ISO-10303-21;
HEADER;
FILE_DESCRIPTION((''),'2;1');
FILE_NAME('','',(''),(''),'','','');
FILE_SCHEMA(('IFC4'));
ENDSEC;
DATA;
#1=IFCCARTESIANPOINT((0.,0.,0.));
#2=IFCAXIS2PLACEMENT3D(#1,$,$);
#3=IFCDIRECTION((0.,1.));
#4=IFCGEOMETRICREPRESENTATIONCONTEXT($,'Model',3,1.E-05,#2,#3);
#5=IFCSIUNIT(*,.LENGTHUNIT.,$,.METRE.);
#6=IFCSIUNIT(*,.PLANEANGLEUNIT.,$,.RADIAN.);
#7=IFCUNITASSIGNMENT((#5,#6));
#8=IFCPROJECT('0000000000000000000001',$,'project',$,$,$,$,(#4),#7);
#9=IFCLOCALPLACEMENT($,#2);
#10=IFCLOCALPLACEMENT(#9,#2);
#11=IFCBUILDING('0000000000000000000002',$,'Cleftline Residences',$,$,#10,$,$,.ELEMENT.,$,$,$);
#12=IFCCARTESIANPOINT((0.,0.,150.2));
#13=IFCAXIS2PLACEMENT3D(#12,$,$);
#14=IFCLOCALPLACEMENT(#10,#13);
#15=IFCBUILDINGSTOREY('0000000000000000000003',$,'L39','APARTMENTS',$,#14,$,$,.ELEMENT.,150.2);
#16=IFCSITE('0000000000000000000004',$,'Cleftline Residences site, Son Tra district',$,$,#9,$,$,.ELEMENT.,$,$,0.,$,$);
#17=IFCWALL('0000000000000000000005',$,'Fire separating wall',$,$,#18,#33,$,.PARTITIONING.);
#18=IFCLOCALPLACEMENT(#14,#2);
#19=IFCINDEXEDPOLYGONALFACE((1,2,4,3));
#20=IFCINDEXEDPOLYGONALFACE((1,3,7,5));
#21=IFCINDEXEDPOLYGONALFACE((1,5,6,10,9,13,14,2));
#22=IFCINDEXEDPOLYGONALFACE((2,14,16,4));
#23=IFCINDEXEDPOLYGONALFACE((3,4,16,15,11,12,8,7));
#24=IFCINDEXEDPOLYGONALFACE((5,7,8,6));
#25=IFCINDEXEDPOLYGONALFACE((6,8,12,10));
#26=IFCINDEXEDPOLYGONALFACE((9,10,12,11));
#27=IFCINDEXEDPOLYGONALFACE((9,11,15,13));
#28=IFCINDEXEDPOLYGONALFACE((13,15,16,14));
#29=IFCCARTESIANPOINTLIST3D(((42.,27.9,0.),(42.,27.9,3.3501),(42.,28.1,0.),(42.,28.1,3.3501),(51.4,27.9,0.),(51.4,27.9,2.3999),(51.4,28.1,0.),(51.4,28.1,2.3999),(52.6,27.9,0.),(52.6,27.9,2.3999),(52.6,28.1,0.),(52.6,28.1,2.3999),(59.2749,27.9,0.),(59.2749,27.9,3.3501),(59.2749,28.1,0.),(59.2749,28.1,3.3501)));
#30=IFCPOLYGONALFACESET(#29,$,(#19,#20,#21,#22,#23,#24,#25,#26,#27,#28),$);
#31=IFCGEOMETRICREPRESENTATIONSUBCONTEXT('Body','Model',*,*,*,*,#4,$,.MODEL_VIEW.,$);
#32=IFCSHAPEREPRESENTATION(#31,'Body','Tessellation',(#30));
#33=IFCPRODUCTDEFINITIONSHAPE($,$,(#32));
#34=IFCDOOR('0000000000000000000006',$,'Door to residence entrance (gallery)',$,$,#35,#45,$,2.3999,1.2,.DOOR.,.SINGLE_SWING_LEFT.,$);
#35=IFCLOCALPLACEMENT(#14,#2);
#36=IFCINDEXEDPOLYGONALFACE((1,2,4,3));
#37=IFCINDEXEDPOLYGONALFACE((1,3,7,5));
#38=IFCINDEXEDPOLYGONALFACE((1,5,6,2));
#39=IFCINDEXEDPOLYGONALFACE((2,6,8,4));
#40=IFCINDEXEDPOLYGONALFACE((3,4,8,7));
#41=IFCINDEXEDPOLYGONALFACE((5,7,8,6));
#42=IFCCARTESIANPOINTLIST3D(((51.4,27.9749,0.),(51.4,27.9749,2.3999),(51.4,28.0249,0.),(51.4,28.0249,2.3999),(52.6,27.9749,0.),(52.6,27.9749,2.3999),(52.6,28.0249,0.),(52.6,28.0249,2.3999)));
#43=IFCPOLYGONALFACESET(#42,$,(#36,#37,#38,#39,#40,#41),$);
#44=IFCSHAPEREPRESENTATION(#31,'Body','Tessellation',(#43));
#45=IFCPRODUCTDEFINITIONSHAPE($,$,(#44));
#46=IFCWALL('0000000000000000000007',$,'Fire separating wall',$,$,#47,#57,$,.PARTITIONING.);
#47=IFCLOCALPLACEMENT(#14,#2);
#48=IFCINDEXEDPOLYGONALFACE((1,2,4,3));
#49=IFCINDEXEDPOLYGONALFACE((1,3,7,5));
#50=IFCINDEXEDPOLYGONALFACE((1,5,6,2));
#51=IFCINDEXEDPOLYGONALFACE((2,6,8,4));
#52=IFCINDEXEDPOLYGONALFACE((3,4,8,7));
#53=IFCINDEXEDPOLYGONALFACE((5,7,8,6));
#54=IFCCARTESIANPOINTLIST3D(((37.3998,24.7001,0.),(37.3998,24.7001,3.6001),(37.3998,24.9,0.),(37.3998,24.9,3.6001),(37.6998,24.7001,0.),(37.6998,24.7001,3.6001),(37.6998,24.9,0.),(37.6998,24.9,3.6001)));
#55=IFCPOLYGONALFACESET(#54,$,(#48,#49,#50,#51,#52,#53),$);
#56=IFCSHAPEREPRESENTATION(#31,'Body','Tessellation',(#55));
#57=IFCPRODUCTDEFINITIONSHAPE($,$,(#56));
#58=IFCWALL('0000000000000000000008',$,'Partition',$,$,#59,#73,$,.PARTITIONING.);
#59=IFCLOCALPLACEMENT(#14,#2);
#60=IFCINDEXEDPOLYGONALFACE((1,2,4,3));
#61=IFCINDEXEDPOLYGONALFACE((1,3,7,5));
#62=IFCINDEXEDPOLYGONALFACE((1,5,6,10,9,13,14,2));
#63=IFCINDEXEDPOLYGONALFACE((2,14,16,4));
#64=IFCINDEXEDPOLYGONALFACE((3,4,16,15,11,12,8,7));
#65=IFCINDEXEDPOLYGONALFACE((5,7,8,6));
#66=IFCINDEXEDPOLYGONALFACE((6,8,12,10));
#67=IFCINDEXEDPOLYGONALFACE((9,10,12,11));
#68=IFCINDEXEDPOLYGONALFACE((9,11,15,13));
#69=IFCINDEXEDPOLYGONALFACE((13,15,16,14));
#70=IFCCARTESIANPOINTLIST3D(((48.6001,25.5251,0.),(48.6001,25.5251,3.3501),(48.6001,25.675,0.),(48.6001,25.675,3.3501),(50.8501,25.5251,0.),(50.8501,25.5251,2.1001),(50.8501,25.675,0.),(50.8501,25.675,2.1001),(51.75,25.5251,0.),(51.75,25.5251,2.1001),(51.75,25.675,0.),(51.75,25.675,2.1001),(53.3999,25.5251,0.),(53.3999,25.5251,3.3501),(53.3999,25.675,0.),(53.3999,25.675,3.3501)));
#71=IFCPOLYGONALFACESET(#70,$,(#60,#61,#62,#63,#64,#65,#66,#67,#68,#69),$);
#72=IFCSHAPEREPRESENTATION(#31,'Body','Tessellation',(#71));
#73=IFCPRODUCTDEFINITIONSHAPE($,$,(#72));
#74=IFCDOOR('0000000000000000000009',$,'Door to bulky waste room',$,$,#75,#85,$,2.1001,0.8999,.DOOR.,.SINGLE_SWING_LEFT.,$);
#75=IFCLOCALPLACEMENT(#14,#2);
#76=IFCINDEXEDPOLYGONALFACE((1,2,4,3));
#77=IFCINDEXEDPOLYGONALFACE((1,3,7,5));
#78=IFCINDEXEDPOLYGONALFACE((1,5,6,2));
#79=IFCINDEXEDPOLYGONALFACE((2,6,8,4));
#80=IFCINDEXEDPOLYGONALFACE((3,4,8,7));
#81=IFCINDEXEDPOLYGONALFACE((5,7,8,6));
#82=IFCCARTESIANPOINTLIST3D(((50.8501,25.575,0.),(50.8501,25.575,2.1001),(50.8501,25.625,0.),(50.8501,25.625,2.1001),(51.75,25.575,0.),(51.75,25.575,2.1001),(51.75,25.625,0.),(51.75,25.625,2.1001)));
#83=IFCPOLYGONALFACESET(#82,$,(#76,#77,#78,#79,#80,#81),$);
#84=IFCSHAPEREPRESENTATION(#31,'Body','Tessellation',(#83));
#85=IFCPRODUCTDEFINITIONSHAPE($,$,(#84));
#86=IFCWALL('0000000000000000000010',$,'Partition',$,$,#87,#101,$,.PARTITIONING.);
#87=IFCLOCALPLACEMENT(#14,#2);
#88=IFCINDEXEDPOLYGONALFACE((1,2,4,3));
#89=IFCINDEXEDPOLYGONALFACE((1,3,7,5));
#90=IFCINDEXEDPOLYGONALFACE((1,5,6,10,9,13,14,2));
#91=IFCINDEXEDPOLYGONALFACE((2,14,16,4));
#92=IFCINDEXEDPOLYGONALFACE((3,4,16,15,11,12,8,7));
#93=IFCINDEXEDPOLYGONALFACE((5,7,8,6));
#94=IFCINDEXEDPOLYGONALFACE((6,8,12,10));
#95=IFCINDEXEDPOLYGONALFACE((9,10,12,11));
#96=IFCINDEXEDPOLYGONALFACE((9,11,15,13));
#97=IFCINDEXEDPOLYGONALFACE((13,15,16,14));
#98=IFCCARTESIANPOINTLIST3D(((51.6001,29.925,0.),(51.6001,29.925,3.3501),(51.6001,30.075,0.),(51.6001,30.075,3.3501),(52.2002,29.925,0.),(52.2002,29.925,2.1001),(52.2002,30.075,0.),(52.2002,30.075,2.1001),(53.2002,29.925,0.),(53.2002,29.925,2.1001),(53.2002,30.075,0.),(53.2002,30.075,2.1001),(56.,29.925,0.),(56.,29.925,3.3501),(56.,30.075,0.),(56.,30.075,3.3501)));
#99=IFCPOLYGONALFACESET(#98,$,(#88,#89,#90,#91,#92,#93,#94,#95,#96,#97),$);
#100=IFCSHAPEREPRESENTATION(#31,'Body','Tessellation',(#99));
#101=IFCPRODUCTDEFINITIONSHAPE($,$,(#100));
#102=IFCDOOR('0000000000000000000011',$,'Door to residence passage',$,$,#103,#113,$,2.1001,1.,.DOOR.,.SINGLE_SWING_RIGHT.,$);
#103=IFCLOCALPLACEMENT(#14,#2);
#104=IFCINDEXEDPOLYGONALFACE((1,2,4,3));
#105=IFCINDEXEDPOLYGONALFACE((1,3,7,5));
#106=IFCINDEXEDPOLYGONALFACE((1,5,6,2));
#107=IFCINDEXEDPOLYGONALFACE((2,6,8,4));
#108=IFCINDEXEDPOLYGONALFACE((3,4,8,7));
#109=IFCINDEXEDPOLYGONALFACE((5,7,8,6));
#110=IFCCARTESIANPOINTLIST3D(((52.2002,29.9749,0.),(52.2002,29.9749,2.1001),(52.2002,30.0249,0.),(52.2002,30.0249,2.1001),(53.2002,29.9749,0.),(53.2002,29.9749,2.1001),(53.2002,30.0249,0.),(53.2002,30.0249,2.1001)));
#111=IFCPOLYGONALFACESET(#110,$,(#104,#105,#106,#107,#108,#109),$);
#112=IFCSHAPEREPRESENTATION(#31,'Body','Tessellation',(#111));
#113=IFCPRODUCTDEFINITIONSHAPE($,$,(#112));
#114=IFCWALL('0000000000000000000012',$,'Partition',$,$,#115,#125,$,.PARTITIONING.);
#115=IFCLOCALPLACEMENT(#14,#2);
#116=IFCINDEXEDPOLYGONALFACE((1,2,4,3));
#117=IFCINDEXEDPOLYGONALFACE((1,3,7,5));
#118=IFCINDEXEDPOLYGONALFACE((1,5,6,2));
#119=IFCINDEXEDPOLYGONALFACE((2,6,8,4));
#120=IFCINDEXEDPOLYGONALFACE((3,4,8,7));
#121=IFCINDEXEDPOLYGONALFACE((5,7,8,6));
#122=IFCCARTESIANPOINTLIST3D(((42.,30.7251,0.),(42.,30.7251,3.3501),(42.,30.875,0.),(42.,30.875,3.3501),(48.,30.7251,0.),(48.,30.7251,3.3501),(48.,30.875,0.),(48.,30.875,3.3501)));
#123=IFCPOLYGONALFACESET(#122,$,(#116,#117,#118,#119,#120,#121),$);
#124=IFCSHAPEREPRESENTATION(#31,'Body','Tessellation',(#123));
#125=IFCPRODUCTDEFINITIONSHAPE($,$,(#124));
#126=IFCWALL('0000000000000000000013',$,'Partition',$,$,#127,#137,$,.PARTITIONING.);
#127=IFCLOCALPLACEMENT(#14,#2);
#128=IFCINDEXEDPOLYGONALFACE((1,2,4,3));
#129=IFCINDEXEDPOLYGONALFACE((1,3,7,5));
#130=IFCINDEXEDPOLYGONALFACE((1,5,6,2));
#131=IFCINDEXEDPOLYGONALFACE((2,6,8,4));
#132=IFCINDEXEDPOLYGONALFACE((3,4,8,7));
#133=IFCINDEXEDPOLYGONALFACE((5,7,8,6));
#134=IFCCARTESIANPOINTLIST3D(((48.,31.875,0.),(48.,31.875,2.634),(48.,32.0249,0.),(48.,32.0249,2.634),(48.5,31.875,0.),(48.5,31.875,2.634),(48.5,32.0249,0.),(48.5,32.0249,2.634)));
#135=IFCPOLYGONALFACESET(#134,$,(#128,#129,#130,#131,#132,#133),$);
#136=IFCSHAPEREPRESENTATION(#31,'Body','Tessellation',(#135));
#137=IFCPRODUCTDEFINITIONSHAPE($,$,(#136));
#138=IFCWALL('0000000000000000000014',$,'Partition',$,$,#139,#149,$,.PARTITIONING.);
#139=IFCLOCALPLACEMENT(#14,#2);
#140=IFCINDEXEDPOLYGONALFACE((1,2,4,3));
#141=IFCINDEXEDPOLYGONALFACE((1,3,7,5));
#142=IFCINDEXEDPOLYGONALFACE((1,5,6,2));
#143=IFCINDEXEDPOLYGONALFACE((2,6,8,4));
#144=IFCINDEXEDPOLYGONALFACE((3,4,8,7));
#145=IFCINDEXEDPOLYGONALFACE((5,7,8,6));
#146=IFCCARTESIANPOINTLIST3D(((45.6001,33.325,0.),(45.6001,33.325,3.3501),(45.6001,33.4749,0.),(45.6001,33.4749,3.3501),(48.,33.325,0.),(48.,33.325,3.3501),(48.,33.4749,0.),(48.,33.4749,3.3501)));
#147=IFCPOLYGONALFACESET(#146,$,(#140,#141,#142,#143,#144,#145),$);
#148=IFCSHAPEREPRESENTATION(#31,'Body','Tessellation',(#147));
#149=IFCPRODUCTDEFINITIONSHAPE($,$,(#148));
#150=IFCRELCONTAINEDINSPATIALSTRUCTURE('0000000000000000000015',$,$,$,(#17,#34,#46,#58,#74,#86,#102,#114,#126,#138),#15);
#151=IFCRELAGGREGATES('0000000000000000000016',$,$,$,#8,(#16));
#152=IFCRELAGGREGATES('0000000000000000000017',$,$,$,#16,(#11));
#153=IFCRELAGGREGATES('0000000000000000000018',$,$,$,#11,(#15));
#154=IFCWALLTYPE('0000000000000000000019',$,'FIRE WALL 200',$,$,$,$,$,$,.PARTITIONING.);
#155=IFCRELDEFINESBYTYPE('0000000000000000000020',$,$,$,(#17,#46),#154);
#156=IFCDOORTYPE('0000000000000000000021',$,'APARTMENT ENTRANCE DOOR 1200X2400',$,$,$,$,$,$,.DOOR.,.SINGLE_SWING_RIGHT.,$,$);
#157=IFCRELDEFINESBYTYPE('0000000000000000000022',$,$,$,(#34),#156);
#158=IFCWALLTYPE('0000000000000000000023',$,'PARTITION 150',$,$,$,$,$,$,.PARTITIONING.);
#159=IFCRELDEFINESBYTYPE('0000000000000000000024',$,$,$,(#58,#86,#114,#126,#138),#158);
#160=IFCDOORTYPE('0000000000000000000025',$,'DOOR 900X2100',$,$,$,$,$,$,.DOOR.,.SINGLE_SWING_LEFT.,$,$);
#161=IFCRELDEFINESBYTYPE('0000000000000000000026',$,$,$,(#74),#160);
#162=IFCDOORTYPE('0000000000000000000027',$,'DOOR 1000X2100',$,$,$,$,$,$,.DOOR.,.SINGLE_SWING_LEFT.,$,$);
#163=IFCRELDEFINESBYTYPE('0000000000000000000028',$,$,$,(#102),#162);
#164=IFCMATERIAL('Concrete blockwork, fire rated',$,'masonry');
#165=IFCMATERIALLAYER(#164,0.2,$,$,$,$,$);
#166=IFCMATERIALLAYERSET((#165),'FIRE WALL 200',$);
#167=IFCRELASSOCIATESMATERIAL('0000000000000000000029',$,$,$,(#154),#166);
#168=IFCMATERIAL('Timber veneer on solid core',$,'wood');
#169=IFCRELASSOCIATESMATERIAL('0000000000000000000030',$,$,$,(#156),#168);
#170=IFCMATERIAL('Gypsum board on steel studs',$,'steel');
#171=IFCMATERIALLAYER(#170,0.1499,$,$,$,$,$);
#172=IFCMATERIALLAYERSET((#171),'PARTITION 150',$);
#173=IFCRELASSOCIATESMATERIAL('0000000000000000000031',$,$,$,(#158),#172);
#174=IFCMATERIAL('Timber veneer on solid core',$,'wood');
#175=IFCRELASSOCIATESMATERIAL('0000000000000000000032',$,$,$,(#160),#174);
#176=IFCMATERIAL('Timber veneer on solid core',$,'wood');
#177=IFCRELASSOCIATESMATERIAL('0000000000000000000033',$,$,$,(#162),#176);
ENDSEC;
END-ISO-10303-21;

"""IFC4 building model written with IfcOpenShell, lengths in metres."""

from ifc_helpers import new_model, si_unit, direction, frame, frame_2d, origin, place, context, subcontext, project, spatial, rectangle, extrude, material, layer, layer_set, type_object, element, fill, save


model = new_model("IFC4")

# Units and contexts
model_context = context("Model", 3, precision=1e-05, world=origin(), true_north=direction((0.0, 1.0)))
body_context = subcontext(model_context, "Body", "Model", "MODEL_VIEW")
ifc_project = project(units=[si_unit("LENGTHUNIT", "METRE"), si_unit("PLANEANGLEUNIT", "RADIAN")], contexts=[model_context])

# Site, building, storey
site_placement = place(None, origin())
site = spatial("IfcSite", under=ifc_project, at=site_placement, Name="Cleftline Residences site, Son Tra district", CompositionType="ELEMENT", RefElevation=0.0)
building_placement = place(site_placement, origin())
building = spatial("IfcBuilding", under=site, at=building_placement, Name="Cleftline Residences", CompositionType="ELEMENT")
storey_placement = place(building_placement, frame((0.0, 0.0, 150.2)))
storey = spatial("IfcBuildingStorey", under=building, at=storey_placement, Name="L39", Description="APARTMENTS", CompositionType="ELEMENT", Elevation=150.2)

# Wall, opening, door
ifc_material_1 = material(Name="Concrete blockwork, fire rated", Category="masonry")
ifc_layer_1 = layer(ifc_material_1, 0.2)
ifc_layer_set_1 = layer_set([ifc_layer_1], Name="FIRE WALL 200")
wall_type_1 = type_object("IfcWallType", Name="FIRE WALL 200", PredefinedType="PARTITIONING", material=ifc_layer_set_1)
wall_1_placement = place(storey_placement, frame((42.0, 28.0, 0.0), z_axis=(0.0, 0.0, 1.0), x_axis=(1.0, 0.0, 0.0)))
wall_1 = element("IfcWall", 1, at=wall_1_placement, inside=storey, type_object=wall_type_1, Name="Fire separating wall", PredefinedType="PARTITIONING", context=body_context, shape_type="SweptSolid", body=[
    extrude(rectangle(XDim=17.2749, YDim=0.2, at=frame_2d((8.6375, 0.0))), origin(), (0.0, 0.0, 1.0), 3.3501),
])
opening_1_placement = place(wall_1_placement, frame((9.3999, 0.0, 0.0)))
opening_1 = element("IfcOpeningElement", 2, at=opening_1_placement, cuts=wall_1, PredefinedType="OPENING", context=body_context, shape_type="SweptSolid", body=[
    extrude(rectangle(XDim=1.2, YDim=2.3999, at=frame_2d((0.6001, 1.2))), frame((0.0, 0.1099, 0.0), z_axis=(0.0, -1.0, 0.0), x_axis=(1.0, 0.0, 0.0)), (0.0, 0.0, 1.0), 0.22),
])
ifc_material_2 = material(Name="Timber veneer on solid core", Category="wood")
door_type_1 = type_object("IfcDoorType", Name="APARTMENT ENTRANCE DOOR 1200X2400", OperationType="SINGLE_SWING_RIGHT", PredefinedType="DOOR", material=ifc_material_2)
door_1_placement = place(opening_1_placement, origin())
door_1 = element("IfcDoor", 3, at=door_1_placement, inside=storey, type_object=door_type_1, Name="Door to residence entrance (gallery)", OperationType="SINGLE_SWING_LEFT", OverallHeight=2.3999, OverallWidth=1.2, PredefinedType="DOOR", context=body_context, shape_type="SweptSolid", body=[
    extrude(rectangle(XDim=1.2, YDim=2.3999, at=frame_2d((0.6001, 1.2))), frame((0.0, 0.0249, 0.0), z_axis=(0.0, -1.0, 0.0), x_axis=(1.0, 0.0, 0.0)), (0.0, 0.0, 1.0), 0.05),
])
fill(opening_1, door_1)

# Wall
wall_2_placement = place(storey_placement, frame((37.3999, 24.8, 0.0), z_axis=(0.0, 0.0, 1.0), x_axis=(1.0, 0.0, 0.0)))
element("IfcWall", 4, at=wall_2_placement, inside=storey, type_object=wall_type_1, Name="Fire separating wall", PredefinedType="PARTITIONING", context=body_context, shape_type="SweptSolid", body=[
    extrude(rectangle(XDim=0.3, YDim=0.2, at=frame_2d((0.1499, 0.0))), origin(), (0.0, 0.0, 1.0), 3.6001),
])

# Walls, openings, doors
ifc_material_3 = material(Name="Gypsum board on steel studs", Category="steel")
ifc_layer_2 = layer(ifc_material_3, 0.1499)
ifc_layer_set_2 = layer_set([ifc_layer_2], Name="PARTITION 150")
wall_type_2 = type_object("IfcWallType", Name="PARTITION 150", PredefinedType="PARTITIONING", material=ifc_layer_set_2)
wall_3_placement = place(storey_placement, frame((48.6001, 25.6001, 0.0), z_axis=(0.0, 0.0, 1.0), x_axis=(1.0, 0.0, 0.0)))
wall_3 = element("IfcWall", 5, at=wall_3_placement, inside=storey, type_object=wall_type_2, Name="Partition", PredefinedType="PARTITIONING", context=body_context, shape_type="SweptSolid", body=[
    extrude(rectangle(XDim=4.7998, YDim=0.1499, at=frame_2d((2.3999, 0.0))), origin(), (0.0, 0.0, 1.0), 3.3501),
])
opening_2_placement = place(wall_3_placement, frame((2.25, 0.0, 0.0)))
opening_2 = element("IfcOpeningElement", 6, at=opening_2_placement, cuts=wall_3, PredefinedType="OPENING", context=body_context, shape_type="SweptSolid", body=[
    extrude(rectangle(XDim=0.8999, YDim=2.1001, at=frame_2d((0.45, 1.05))), frame((0.0, 0.085, 0.0), z_axis=(0.0, -1.0, 0.0), x_axis=(1.0, 0.0, 0.0)), (0.0, 0.0, 1.0), 0.1699),
])
ifc_material_4 = material(Name="Timber veneer on solid core", Category="wood")
door_type_2 = type_object("IfcDoorType", Name="DOOR 900X2100", OperationType="SINGLE_SWING_LEFT", PredefinedType="DOOR", material=ifc_material_4)
door_2_placement = place(opening_2_placement, origin())
door_2 = element("IfcDoor", 7, at=door_2_placement, inside=storey, type_object=door_type_2, Name="Door to bulky waste room", OperationType="SINGLE_SWING_LEFT", OverallHeight=2.1001, OverallWidth=0.8999, PredefinedType="DOOR", context=body_context, shape_type="SweptSolid", body=[
    extrude(rectangle(XDim=0.8999, YDim=2.1001, at=frame_2d((0.45, 1.05))), frame((0.0, 0.0249, 0.0), z_axis=(0.0, -1.0, 0.0), x_axis=(1.0, 0.0, 0.0)), (0.0, 0.0, 1.0), 0.05),
])
fill(opening_2, door_2)
wall_4_placement = place(storey_placement, frame((51.6001, 30.0, 0.0), z_axis=(0.0, 0.0, 1.0), x_axis=(1.0, 0.0, 0.0)))
wall_4 = element("IfcWall", 8, at=wall_4_placement, inside=storey, type_object=wall_type_2, Name="Partition", PredefinedType="PARTITIONING", context=body_context, shape_type="SweptSolid", body=[
    extrude(rectangle(XDim=4.3999, YDim=0.1499, at=frame_2d((2.2, 0.0))), origin(), (0.0, 0.0, 1.0), 3.3501),
])
opening_3_placement = place(wall_4_placement, frame((0.6001, 0.0, 0.0)))
opening_3 = element("IfcOpeningElement", 9, at=opening_3_placement, cuts=wall_4, PredefinedType="OPENING", context=body_context, shape_type="SweptSolid", body=[
    extrude(rectangle(XDim=1.0, YDim=2.1001, at=frame_2d((0.5, 1.05))), frame((0.0, 0.085, 0.0), z_axis=(0.0, -1.0, 0.0), x_axis=(1.0, 0.0, 0.0)), (0.0, 0.0, 1.0), 0.1699),
])
ifc_material_5 = material(Name="Timber veneer on solid core", Category="wood")
door_type_3 = type_object("IfcDoorType", Name="DOOR 1000X2100", OperationType="SINGLE_SWING_LEFT", PredefinedType="DOOR", material=ifc_material_5)
door_3_placement = place(opening_3_placement, origin())
door_3 = element("IfcDoor", 10, at=door_3_placement, inside=storey, type_object=door_type_3, Name="Door to residence passage", OperationType="SINGLE_SWING_RIGHT", OverallHeight=2.1001, OverallWidth=1.0, PredefinedType="DOOR", context=body_context, shape_type="SweptSolid", body=[
    extrude(rectangle(XDim=1.0, YDim=2.1001, at=frame_2d((0.5, 1.05))), frame((0.0, 0.0249, 0.0), z_axis=(0.0, -1.0, 0.0), x_axis=(1.0, 0.0, 0.0)), (0.0, 0.0, 1.0), 0.05),
])
fill(opening_3, door_3)

# Walls
wall_5_placement = place(storey_placement, frame((42.0, 30.8, 0.0), z_axis=(0.0, 0.0, 1.0), x_axis=(1.0, 0.0, 0.0)))
element("IfcWall", 11, at=wall_5_placement, inside=storey, type_object=wall_type_2, Name="Partition", PredefinedType="PARTITIONING", context=body_context, shape_type="SweptSolid", body=[
    extrude(rectangle(XDim=6.0, YDim=0.1499, at=frame_2d((3.0, 0.0))), origin(), (0.0, 0.0, 1.0), 3.3501),
])
wall_6_placement = place(storey_placement, frame((48.0, 31.95, 0.0), z_axis=(0.0, 0.0, 1.0), x_axis=(1.0, 0.0, 0.0)))
element("IfcWall", 12, at=wall_6_placement, inside=storey, type_object=wall_type_2, Name="Partition", PredefinedType="PARTITIONING", context=body_context, shape_type="SweptSolid", body=[
    extrude(rectangle(XDim=0.5, YDim=0.1499, at=frame_2d((0.25, 0.0))), origin(), (0.0, 0.0, 1.0), 2.634),
])
wall_7_placement = place(storey_placement, frame((45.6001, 33.3999, 0.0), z_axis=(0.0, 0.0, 1.0), x_axis=(1.0, 0.0, 0.0)))
element("IfcWall", 13, at=wall_7_placement, inside=storey, type_object=wall_type_2, Name="Partition", PredefinedType="PARTITIONING", context=body_context, shape_type="SweptSolid", body=[
    extrude(rectangle(XDim=2.3999, YDim=0.1499, at=frame_2d((1.2, 0.0))), origin(), (0.0, 0.0, 1.0), 3.3501),
])

save(model, "model.ifc")
